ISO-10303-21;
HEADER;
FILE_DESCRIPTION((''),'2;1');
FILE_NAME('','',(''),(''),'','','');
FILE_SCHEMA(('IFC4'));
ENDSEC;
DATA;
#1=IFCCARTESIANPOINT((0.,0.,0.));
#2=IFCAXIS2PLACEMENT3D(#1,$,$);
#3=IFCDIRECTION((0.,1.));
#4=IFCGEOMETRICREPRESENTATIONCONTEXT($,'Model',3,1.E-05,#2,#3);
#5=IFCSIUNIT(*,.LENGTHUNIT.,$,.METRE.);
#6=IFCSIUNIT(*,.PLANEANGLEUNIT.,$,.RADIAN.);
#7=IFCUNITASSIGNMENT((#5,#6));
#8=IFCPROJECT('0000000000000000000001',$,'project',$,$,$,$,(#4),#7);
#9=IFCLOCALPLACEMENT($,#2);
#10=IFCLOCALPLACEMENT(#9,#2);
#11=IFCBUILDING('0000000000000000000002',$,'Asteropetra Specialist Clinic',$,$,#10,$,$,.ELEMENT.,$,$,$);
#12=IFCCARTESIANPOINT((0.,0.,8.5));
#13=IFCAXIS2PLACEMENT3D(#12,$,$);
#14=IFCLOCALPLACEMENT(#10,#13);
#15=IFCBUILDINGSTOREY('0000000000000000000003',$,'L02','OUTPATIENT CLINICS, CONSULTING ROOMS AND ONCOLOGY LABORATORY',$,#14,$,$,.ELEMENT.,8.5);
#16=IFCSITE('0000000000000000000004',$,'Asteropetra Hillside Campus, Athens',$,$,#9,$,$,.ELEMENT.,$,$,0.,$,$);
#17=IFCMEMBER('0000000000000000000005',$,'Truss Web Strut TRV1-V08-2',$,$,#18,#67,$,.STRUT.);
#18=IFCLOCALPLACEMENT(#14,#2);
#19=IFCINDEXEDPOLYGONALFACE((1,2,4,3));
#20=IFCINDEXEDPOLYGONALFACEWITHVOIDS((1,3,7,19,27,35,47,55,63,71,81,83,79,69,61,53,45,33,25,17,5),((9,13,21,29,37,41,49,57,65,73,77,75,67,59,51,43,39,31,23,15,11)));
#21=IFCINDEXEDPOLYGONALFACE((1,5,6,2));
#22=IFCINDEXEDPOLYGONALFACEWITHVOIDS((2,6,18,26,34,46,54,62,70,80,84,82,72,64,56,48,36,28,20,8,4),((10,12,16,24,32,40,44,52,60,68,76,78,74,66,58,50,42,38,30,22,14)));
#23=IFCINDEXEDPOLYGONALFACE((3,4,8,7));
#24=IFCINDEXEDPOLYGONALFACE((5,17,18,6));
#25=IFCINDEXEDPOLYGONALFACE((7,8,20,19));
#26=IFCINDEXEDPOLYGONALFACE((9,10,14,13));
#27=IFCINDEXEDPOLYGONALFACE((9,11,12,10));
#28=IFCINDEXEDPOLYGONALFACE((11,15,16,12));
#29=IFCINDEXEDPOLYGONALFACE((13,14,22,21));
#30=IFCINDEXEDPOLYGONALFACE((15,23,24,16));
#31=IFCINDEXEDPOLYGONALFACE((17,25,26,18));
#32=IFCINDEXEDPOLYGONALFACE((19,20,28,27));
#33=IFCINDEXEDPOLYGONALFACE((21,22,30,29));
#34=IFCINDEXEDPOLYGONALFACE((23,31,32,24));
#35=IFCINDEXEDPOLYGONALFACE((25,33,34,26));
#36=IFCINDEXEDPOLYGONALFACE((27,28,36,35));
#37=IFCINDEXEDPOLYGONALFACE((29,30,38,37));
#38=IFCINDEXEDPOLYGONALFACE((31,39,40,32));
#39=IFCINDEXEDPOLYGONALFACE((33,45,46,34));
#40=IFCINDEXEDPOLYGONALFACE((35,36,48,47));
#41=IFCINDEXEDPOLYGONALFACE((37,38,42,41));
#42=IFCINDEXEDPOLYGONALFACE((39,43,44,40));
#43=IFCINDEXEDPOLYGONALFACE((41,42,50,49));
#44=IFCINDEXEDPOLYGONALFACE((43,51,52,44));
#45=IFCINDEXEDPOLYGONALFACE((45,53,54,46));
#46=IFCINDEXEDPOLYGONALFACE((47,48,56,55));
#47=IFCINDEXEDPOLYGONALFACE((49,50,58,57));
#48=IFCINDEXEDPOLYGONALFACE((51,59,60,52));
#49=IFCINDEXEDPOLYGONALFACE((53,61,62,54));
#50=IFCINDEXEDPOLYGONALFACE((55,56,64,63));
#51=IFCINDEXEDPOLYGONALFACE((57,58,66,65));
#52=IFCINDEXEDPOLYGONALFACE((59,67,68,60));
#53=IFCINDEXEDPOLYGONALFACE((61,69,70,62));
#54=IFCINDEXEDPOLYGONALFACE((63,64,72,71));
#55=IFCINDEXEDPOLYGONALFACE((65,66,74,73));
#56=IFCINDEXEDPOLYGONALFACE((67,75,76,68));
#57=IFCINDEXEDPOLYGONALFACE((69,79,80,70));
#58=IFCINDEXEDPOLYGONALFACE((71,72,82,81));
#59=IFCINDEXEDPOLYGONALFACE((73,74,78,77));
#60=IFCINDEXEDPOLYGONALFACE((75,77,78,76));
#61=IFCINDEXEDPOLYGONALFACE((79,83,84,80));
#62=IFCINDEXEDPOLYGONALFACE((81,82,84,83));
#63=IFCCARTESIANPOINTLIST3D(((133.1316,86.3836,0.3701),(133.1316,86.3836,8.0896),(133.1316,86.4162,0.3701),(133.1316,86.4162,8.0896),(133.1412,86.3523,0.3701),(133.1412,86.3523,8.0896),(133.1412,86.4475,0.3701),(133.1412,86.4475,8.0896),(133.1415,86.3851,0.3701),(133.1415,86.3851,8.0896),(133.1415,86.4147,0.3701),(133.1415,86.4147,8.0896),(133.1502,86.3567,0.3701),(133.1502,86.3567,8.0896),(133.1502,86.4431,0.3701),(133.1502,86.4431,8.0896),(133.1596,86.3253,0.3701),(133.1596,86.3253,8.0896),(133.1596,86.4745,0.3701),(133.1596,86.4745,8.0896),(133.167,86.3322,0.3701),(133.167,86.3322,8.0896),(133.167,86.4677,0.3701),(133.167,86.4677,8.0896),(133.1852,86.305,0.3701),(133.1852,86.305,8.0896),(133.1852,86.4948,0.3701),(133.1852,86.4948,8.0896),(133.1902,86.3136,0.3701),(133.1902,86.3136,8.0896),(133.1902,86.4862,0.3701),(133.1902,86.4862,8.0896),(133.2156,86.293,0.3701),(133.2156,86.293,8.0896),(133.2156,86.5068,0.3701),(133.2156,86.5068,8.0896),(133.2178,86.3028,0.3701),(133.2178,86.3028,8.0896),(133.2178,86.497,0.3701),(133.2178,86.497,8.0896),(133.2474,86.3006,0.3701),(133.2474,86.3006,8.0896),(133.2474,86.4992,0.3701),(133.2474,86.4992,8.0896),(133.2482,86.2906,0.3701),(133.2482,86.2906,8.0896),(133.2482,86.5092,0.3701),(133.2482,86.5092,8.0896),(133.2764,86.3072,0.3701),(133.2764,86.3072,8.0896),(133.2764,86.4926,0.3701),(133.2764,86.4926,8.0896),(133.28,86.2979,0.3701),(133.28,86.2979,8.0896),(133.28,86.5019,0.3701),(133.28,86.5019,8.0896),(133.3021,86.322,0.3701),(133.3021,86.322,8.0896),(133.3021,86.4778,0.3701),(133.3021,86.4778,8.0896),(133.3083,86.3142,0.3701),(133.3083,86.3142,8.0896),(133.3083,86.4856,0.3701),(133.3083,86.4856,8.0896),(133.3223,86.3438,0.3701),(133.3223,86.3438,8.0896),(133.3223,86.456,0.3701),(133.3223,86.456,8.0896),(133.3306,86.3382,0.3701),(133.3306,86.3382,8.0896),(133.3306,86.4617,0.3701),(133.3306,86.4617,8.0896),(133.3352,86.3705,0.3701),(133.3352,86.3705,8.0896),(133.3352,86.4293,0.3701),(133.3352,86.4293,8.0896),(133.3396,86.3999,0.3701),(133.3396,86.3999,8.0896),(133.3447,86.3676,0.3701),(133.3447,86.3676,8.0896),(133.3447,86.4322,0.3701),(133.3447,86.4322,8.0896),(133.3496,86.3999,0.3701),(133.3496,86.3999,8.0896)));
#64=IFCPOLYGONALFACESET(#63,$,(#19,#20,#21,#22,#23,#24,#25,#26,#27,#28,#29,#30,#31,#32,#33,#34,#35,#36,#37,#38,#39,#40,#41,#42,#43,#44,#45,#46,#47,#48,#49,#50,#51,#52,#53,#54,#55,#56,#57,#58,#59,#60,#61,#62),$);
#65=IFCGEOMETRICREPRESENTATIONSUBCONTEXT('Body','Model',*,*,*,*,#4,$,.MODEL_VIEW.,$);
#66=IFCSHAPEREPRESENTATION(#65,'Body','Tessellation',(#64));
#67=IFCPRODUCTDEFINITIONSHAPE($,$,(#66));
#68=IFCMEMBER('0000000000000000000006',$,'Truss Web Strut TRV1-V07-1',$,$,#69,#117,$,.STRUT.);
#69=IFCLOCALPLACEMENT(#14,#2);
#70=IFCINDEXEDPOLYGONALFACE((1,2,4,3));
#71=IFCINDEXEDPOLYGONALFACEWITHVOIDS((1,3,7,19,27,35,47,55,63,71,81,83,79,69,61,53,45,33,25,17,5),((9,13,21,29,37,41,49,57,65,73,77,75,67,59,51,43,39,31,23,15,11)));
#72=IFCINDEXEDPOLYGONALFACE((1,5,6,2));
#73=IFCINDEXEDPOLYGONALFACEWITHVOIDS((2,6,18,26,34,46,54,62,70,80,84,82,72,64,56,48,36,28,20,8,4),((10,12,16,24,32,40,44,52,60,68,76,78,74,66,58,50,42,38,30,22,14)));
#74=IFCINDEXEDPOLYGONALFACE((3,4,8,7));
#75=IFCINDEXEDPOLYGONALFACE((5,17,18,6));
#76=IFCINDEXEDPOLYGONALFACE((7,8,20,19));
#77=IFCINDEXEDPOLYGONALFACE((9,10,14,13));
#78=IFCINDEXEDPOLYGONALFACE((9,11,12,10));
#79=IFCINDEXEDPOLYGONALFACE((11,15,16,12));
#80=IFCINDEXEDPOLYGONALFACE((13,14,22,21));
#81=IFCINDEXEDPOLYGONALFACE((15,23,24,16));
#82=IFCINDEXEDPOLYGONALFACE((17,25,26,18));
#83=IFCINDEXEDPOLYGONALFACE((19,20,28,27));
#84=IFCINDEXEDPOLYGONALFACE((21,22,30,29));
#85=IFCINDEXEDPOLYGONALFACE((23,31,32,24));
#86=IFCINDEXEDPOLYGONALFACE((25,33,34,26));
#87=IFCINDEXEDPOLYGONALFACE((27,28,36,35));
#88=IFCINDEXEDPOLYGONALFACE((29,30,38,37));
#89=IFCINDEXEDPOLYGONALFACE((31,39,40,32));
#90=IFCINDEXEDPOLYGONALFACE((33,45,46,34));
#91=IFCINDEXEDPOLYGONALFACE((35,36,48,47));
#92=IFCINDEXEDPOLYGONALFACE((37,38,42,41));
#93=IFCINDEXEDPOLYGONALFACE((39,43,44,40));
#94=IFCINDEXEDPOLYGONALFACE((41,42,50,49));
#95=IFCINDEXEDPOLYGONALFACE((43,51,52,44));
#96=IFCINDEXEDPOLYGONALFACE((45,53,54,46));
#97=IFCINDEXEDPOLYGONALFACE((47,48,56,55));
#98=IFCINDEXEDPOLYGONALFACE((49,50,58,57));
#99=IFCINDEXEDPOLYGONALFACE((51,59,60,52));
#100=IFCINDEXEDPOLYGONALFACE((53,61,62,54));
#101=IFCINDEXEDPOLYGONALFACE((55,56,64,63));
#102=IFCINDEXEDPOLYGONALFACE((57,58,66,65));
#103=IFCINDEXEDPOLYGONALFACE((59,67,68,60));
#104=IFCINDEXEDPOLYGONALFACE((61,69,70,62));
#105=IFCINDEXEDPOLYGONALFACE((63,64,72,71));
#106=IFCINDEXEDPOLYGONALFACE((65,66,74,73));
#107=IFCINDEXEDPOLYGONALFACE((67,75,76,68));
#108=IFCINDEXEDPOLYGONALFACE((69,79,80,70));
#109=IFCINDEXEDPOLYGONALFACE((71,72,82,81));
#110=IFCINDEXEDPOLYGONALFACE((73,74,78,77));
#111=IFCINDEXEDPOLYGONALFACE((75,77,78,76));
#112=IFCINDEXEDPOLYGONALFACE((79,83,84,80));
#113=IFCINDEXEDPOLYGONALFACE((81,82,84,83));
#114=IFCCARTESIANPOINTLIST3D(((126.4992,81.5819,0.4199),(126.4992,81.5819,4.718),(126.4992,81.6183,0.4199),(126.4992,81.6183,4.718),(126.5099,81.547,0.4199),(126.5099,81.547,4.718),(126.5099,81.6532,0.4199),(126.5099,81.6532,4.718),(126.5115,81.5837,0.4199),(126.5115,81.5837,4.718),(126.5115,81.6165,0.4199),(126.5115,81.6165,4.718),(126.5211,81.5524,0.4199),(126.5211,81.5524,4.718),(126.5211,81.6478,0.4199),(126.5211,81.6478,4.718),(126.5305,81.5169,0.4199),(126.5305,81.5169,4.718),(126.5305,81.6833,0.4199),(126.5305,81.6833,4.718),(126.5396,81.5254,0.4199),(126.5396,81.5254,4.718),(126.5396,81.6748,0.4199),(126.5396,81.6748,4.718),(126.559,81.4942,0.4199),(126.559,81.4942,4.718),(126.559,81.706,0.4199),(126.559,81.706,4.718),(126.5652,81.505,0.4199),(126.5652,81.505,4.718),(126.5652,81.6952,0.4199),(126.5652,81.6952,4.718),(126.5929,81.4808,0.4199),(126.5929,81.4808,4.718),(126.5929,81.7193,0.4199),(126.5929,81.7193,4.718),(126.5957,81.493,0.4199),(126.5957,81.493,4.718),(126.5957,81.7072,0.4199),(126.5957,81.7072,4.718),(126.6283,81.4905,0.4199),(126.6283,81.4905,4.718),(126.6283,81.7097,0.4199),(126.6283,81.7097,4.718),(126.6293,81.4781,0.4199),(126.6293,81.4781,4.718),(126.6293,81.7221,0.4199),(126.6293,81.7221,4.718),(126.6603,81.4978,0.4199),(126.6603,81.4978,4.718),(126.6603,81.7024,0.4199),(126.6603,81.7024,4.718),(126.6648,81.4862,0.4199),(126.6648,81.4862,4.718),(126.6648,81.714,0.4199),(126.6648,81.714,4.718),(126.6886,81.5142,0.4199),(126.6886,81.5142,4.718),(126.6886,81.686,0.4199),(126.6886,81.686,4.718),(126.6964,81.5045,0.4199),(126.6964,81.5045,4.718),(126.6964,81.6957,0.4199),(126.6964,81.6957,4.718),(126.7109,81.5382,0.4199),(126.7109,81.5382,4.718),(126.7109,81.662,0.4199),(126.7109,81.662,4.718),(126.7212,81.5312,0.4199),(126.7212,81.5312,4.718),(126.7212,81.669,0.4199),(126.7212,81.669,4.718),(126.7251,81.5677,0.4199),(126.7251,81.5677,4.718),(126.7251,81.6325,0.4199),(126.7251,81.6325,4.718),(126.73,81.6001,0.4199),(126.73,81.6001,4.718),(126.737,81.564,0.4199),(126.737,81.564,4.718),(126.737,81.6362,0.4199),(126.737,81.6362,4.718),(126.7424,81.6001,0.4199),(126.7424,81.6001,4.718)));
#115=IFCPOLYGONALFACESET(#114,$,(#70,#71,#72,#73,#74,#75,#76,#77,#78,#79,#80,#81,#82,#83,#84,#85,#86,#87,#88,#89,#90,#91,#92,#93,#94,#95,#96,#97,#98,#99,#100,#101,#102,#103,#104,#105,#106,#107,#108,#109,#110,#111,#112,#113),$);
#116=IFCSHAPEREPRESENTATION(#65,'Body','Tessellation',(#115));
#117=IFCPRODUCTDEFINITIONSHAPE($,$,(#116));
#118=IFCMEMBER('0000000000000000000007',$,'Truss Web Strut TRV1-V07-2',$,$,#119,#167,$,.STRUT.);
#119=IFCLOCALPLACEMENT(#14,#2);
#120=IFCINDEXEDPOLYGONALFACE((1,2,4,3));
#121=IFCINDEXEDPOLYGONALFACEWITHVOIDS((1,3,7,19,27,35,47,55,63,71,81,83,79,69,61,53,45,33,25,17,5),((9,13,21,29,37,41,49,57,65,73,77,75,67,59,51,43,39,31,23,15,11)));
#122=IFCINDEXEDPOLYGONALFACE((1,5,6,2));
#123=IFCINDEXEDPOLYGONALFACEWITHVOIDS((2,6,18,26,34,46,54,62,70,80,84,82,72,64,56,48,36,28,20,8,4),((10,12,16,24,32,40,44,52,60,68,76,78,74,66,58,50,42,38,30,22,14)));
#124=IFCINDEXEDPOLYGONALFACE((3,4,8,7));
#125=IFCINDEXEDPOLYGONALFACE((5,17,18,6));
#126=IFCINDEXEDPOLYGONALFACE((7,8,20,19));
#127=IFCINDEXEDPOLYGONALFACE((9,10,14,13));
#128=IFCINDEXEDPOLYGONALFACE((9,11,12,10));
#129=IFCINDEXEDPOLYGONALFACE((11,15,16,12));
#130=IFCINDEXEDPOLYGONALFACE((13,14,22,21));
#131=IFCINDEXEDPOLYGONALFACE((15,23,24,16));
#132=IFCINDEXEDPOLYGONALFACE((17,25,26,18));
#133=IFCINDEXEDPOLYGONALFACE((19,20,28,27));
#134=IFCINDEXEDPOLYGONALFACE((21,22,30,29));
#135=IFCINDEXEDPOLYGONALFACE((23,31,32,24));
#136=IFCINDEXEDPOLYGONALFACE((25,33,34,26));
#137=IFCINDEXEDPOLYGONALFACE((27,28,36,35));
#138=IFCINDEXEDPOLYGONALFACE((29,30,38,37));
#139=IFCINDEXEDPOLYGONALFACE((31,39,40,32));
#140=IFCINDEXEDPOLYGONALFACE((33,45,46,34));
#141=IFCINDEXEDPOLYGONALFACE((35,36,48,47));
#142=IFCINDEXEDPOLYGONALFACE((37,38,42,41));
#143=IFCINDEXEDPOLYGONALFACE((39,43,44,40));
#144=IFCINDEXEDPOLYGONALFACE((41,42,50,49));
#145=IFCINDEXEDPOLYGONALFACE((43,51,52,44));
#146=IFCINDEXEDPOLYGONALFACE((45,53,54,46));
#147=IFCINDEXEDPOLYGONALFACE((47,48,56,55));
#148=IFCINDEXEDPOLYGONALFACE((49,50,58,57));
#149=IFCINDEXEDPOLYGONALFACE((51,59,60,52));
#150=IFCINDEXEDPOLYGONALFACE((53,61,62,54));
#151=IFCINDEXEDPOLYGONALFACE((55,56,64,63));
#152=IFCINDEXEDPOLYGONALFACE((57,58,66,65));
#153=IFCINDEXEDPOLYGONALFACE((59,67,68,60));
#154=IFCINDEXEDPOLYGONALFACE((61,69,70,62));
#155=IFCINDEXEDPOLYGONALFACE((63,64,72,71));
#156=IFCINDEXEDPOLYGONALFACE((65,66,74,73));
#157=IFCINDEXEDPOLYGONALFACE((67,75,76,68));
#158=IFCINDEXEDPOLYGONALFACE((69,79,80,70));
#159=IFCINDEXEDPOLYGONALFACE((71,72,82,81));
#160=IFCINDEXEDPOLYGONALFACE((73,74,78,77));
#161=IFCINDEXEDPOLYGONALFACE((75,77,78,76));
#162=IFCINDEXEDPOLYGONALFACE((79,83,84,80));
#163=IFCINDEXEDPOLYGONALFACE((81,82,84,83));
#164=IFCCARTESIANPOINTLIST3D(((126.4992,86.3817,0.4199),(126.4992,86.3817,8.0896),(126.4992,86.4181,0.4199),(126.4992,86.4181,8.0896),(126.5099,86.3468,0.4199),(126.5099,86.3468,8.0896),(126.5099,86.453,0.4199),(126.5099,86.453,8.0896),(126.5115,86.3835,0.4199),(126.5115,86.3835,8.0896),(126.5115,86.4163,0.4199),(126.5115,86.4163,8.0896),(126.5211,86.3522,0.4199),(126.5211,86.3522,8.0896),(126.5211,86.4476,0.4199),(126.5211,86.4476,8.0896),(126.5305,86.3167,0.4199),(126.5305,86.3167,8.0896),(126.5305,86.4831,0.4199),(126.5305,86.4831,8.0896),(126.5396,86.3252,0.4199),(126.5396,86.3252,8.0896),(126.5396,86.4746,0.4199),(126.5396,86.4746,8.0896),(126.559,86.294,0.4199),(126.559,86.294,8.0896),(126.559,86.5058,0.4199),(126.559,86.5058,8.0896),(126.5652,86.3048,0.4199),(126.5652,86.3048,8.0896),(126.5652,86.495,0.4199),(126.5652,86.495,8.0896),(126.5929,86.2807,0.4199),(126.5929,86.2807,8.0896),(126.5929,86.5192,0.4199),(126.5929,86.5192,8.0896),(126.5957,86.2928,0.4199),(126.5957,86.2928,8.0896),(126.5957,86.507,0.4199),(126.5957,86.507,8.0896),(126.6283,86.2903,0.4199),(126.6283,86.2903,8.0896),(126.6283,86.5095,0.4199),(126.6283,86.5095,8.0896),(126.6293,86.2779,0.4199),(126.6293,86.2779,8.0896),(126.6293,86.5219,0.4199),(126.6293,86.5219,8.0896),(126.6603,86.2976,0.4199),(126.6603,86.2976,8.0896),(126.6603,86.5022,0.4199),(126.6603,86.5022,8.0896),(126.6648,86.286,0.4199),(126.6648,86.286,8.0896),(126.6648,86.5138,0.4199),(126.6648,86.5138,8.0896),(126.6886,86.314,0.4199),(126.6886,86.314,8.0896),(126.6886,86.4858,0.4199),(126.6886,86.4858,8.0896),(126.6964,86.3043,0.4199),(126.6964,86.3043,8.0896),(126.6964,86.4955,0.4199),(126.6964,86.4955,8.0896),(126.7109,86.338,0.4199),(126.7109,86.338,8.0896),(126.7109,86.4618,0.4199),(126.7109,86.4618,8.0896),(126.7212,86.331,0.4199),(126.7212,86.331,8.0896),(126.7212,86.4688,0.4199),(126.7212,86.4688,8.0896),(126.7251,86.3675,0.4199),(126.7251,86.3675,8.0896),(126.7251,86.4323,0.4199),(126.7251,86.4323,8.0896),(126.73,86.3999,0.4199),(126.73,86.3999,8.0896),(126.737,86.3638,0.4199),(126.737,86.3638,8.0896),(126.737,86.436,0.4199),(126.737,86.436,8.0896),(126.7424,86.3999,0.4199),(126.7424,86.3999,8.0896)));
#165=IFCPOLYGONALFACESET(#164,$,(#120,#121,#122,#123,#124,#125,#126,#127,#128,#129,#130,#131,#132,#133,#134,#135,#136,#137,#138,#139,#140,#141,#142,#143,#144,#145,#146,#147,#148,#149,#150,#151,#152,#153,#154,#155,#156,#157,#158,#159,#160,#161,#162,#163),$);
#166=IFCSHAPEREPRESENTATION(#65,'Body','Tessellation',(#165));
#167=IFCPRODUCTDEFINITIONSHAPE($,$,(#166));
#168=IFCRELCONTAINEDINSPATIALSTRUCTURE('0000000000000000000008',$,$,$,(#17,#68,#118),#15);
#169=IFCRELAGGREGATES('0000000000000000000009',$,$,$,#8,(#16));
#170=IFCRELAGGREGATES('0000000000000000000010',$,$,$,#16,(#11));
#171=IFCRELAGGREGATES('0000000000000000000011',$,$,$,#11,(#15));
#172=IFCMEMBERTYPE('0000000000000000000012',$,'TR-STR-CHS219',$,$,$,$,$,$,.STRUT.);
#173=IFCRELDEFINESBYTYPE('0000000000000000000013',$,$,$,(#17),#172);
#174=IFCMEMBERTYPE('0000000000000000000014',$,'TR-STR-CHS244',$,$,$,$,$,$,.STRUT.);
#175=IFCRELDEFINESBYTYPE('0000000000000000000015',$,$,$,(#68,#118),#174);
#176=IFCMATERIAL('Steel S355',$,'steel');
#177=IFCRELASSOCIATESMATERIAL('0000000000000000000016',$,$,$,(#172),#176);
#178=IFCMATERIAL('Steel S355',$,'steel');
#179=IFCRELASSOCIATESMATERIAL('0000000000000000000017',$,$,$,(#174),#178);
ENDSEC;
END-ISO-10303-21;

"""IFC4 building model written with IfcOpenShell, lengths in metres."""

from ifc_helpers import new_model, si_unit, direction, frame, origin, origin_2d, place, context, subcontext, project, spatial, hollow_circle, extrude, material, material_profile, profile_set, type_object, element, save


model = new_model("IFC4")

# Units and contexts
model_context = context("Model", 3, precision=1e-05, world=origin(), true_north=direction((0.0, 1.0)))
body_context = subcontext(model_context, "Body", "Model", "MODEL_VIEW")
ifc_project = project(units=[si_unit("LENGTHUNIT", "METRE"), si_unit("PLANEANGLEUNIT", "RADIAN")], contexts=[model_context])

# Site, building, storey
site_placement = place(None, origin())
site = spatial("IfcSite", under=ifc_project, at=site_placement, Name="Asteropetra Hillside Campus, Athens", CompositionType="ELEMENT", RefElevation=0.0)
building_placement = place(site_placement, origin())
building = spatial("IfcBuilding", under=site, at=building_placement, Name="Asteropetra Specialist Clinic", CompositionType="ELEMENT")
storey_placement = place(building_placement, frame((0.0, 0.0, 8.5)))
storey = spatial("IfcBuildingStorey", under=building, at=storey_placement, Name="L02", Description="OUTPATIENT CLINICS, CONSULTING ROOMS AND ONCOLOGY LABORATORY", CompositionType="ELEMENT", Elevation=8.5)

# Members
ifc_material_1 = material(Name="Steel S355", Category="steel")
ifc_material_profile_1 = material_profile(ifc_material_1, hollow_circle(Radius=0.1096, WallThickness=0.01, at=origin_2d()), Name="CHS 219.1x10.0")
ifc_profile_set_1 = profile_set([ifc_material_profile_1], Name="Steel S355")
member_type_1 = type_object("IfcMemberType", Name="TR-STR-CHS219", PredefinedType="STRUT", material=ifc_profile_set_1)
member_1_placement = place(storey_placement, frame((133.24, 86.3999, 0.3701), z_axis=(0.0, 0.0, 1.0), x_axis=(1.0, 0.0, 0.0)))
element("IfcMember", 1, at=member_1_placement, inside=storey, type_object=member_type_1, Name="Truss Web Strut TRV1-V08-2", PredefinedType="STRUT", context=body_context, shape_type="SweptSolid", body=[
    extrude(hollow_circle(Radius=0.1096, WallThickness=0.01, at=origin_2d()), origin(), (0.0, 0.0, 1.0), 7.7195),
])
ifc_material_2 = material(Name="Steel S355", Category="steel")
ifc_material_profile_2 = material_profile(ifc_material_2, hollow_circle(Radius=0.1223, WallThickness=0.0125, at=origin_2d()), Name="CHS 244.5x12.5")
ifc_profile_set_2 = profile_set([ifc_material_profile_2], Name="Steel S355")
member_type_2 = type_object("IfcMemberType", Name="TR-STR-CHS244", PredefinedType="STRUT", material=ifc_profile_set_2)
member_2_placement = place(storey_placement, frame((126.6201, 81.6001, 0.4199), z_axis=(0.0, 0.0, 1.0), x_axis=(1.0, 0.0, 0.0)))
element("IfcMember", 2, at=member_2_placement, inside=storey, type_object=member_type_2, Name="Truss Web Strut TRV1-V07-1", PredefinedType="STRUT", context=body_context, shape_type="SweptSolid", body=[
    extrude(hollow_circle(Radius=0.1223, WallThickness=0.0125, at=origin_2d()), origin(), (0.0, 0.0, 1.0), 4.2981),
])
member_3_placement = place(storey_placement, frame((126.6201, 86.3999, 0.4199), z_axis=(0.0, 0.0, 1.0), x_axis=(1.0, 0.0, 0.0)))
element("IfcMember", 3, at=member_3_placement, inside=storey, type_object=member_type_2, Name="Truss Web Strut TRV1-V07-2", PredefinedType="STRUT", context=body_context, shape_type="SweptSolid", body=[
    extrude(hollow_circle(Radius=0.1223, WallThickness=0.0125, at=origin_2d()), origin(), (0.0, 0.0, 1.0), 7.6697),
])

save(model, "model.ifc")
